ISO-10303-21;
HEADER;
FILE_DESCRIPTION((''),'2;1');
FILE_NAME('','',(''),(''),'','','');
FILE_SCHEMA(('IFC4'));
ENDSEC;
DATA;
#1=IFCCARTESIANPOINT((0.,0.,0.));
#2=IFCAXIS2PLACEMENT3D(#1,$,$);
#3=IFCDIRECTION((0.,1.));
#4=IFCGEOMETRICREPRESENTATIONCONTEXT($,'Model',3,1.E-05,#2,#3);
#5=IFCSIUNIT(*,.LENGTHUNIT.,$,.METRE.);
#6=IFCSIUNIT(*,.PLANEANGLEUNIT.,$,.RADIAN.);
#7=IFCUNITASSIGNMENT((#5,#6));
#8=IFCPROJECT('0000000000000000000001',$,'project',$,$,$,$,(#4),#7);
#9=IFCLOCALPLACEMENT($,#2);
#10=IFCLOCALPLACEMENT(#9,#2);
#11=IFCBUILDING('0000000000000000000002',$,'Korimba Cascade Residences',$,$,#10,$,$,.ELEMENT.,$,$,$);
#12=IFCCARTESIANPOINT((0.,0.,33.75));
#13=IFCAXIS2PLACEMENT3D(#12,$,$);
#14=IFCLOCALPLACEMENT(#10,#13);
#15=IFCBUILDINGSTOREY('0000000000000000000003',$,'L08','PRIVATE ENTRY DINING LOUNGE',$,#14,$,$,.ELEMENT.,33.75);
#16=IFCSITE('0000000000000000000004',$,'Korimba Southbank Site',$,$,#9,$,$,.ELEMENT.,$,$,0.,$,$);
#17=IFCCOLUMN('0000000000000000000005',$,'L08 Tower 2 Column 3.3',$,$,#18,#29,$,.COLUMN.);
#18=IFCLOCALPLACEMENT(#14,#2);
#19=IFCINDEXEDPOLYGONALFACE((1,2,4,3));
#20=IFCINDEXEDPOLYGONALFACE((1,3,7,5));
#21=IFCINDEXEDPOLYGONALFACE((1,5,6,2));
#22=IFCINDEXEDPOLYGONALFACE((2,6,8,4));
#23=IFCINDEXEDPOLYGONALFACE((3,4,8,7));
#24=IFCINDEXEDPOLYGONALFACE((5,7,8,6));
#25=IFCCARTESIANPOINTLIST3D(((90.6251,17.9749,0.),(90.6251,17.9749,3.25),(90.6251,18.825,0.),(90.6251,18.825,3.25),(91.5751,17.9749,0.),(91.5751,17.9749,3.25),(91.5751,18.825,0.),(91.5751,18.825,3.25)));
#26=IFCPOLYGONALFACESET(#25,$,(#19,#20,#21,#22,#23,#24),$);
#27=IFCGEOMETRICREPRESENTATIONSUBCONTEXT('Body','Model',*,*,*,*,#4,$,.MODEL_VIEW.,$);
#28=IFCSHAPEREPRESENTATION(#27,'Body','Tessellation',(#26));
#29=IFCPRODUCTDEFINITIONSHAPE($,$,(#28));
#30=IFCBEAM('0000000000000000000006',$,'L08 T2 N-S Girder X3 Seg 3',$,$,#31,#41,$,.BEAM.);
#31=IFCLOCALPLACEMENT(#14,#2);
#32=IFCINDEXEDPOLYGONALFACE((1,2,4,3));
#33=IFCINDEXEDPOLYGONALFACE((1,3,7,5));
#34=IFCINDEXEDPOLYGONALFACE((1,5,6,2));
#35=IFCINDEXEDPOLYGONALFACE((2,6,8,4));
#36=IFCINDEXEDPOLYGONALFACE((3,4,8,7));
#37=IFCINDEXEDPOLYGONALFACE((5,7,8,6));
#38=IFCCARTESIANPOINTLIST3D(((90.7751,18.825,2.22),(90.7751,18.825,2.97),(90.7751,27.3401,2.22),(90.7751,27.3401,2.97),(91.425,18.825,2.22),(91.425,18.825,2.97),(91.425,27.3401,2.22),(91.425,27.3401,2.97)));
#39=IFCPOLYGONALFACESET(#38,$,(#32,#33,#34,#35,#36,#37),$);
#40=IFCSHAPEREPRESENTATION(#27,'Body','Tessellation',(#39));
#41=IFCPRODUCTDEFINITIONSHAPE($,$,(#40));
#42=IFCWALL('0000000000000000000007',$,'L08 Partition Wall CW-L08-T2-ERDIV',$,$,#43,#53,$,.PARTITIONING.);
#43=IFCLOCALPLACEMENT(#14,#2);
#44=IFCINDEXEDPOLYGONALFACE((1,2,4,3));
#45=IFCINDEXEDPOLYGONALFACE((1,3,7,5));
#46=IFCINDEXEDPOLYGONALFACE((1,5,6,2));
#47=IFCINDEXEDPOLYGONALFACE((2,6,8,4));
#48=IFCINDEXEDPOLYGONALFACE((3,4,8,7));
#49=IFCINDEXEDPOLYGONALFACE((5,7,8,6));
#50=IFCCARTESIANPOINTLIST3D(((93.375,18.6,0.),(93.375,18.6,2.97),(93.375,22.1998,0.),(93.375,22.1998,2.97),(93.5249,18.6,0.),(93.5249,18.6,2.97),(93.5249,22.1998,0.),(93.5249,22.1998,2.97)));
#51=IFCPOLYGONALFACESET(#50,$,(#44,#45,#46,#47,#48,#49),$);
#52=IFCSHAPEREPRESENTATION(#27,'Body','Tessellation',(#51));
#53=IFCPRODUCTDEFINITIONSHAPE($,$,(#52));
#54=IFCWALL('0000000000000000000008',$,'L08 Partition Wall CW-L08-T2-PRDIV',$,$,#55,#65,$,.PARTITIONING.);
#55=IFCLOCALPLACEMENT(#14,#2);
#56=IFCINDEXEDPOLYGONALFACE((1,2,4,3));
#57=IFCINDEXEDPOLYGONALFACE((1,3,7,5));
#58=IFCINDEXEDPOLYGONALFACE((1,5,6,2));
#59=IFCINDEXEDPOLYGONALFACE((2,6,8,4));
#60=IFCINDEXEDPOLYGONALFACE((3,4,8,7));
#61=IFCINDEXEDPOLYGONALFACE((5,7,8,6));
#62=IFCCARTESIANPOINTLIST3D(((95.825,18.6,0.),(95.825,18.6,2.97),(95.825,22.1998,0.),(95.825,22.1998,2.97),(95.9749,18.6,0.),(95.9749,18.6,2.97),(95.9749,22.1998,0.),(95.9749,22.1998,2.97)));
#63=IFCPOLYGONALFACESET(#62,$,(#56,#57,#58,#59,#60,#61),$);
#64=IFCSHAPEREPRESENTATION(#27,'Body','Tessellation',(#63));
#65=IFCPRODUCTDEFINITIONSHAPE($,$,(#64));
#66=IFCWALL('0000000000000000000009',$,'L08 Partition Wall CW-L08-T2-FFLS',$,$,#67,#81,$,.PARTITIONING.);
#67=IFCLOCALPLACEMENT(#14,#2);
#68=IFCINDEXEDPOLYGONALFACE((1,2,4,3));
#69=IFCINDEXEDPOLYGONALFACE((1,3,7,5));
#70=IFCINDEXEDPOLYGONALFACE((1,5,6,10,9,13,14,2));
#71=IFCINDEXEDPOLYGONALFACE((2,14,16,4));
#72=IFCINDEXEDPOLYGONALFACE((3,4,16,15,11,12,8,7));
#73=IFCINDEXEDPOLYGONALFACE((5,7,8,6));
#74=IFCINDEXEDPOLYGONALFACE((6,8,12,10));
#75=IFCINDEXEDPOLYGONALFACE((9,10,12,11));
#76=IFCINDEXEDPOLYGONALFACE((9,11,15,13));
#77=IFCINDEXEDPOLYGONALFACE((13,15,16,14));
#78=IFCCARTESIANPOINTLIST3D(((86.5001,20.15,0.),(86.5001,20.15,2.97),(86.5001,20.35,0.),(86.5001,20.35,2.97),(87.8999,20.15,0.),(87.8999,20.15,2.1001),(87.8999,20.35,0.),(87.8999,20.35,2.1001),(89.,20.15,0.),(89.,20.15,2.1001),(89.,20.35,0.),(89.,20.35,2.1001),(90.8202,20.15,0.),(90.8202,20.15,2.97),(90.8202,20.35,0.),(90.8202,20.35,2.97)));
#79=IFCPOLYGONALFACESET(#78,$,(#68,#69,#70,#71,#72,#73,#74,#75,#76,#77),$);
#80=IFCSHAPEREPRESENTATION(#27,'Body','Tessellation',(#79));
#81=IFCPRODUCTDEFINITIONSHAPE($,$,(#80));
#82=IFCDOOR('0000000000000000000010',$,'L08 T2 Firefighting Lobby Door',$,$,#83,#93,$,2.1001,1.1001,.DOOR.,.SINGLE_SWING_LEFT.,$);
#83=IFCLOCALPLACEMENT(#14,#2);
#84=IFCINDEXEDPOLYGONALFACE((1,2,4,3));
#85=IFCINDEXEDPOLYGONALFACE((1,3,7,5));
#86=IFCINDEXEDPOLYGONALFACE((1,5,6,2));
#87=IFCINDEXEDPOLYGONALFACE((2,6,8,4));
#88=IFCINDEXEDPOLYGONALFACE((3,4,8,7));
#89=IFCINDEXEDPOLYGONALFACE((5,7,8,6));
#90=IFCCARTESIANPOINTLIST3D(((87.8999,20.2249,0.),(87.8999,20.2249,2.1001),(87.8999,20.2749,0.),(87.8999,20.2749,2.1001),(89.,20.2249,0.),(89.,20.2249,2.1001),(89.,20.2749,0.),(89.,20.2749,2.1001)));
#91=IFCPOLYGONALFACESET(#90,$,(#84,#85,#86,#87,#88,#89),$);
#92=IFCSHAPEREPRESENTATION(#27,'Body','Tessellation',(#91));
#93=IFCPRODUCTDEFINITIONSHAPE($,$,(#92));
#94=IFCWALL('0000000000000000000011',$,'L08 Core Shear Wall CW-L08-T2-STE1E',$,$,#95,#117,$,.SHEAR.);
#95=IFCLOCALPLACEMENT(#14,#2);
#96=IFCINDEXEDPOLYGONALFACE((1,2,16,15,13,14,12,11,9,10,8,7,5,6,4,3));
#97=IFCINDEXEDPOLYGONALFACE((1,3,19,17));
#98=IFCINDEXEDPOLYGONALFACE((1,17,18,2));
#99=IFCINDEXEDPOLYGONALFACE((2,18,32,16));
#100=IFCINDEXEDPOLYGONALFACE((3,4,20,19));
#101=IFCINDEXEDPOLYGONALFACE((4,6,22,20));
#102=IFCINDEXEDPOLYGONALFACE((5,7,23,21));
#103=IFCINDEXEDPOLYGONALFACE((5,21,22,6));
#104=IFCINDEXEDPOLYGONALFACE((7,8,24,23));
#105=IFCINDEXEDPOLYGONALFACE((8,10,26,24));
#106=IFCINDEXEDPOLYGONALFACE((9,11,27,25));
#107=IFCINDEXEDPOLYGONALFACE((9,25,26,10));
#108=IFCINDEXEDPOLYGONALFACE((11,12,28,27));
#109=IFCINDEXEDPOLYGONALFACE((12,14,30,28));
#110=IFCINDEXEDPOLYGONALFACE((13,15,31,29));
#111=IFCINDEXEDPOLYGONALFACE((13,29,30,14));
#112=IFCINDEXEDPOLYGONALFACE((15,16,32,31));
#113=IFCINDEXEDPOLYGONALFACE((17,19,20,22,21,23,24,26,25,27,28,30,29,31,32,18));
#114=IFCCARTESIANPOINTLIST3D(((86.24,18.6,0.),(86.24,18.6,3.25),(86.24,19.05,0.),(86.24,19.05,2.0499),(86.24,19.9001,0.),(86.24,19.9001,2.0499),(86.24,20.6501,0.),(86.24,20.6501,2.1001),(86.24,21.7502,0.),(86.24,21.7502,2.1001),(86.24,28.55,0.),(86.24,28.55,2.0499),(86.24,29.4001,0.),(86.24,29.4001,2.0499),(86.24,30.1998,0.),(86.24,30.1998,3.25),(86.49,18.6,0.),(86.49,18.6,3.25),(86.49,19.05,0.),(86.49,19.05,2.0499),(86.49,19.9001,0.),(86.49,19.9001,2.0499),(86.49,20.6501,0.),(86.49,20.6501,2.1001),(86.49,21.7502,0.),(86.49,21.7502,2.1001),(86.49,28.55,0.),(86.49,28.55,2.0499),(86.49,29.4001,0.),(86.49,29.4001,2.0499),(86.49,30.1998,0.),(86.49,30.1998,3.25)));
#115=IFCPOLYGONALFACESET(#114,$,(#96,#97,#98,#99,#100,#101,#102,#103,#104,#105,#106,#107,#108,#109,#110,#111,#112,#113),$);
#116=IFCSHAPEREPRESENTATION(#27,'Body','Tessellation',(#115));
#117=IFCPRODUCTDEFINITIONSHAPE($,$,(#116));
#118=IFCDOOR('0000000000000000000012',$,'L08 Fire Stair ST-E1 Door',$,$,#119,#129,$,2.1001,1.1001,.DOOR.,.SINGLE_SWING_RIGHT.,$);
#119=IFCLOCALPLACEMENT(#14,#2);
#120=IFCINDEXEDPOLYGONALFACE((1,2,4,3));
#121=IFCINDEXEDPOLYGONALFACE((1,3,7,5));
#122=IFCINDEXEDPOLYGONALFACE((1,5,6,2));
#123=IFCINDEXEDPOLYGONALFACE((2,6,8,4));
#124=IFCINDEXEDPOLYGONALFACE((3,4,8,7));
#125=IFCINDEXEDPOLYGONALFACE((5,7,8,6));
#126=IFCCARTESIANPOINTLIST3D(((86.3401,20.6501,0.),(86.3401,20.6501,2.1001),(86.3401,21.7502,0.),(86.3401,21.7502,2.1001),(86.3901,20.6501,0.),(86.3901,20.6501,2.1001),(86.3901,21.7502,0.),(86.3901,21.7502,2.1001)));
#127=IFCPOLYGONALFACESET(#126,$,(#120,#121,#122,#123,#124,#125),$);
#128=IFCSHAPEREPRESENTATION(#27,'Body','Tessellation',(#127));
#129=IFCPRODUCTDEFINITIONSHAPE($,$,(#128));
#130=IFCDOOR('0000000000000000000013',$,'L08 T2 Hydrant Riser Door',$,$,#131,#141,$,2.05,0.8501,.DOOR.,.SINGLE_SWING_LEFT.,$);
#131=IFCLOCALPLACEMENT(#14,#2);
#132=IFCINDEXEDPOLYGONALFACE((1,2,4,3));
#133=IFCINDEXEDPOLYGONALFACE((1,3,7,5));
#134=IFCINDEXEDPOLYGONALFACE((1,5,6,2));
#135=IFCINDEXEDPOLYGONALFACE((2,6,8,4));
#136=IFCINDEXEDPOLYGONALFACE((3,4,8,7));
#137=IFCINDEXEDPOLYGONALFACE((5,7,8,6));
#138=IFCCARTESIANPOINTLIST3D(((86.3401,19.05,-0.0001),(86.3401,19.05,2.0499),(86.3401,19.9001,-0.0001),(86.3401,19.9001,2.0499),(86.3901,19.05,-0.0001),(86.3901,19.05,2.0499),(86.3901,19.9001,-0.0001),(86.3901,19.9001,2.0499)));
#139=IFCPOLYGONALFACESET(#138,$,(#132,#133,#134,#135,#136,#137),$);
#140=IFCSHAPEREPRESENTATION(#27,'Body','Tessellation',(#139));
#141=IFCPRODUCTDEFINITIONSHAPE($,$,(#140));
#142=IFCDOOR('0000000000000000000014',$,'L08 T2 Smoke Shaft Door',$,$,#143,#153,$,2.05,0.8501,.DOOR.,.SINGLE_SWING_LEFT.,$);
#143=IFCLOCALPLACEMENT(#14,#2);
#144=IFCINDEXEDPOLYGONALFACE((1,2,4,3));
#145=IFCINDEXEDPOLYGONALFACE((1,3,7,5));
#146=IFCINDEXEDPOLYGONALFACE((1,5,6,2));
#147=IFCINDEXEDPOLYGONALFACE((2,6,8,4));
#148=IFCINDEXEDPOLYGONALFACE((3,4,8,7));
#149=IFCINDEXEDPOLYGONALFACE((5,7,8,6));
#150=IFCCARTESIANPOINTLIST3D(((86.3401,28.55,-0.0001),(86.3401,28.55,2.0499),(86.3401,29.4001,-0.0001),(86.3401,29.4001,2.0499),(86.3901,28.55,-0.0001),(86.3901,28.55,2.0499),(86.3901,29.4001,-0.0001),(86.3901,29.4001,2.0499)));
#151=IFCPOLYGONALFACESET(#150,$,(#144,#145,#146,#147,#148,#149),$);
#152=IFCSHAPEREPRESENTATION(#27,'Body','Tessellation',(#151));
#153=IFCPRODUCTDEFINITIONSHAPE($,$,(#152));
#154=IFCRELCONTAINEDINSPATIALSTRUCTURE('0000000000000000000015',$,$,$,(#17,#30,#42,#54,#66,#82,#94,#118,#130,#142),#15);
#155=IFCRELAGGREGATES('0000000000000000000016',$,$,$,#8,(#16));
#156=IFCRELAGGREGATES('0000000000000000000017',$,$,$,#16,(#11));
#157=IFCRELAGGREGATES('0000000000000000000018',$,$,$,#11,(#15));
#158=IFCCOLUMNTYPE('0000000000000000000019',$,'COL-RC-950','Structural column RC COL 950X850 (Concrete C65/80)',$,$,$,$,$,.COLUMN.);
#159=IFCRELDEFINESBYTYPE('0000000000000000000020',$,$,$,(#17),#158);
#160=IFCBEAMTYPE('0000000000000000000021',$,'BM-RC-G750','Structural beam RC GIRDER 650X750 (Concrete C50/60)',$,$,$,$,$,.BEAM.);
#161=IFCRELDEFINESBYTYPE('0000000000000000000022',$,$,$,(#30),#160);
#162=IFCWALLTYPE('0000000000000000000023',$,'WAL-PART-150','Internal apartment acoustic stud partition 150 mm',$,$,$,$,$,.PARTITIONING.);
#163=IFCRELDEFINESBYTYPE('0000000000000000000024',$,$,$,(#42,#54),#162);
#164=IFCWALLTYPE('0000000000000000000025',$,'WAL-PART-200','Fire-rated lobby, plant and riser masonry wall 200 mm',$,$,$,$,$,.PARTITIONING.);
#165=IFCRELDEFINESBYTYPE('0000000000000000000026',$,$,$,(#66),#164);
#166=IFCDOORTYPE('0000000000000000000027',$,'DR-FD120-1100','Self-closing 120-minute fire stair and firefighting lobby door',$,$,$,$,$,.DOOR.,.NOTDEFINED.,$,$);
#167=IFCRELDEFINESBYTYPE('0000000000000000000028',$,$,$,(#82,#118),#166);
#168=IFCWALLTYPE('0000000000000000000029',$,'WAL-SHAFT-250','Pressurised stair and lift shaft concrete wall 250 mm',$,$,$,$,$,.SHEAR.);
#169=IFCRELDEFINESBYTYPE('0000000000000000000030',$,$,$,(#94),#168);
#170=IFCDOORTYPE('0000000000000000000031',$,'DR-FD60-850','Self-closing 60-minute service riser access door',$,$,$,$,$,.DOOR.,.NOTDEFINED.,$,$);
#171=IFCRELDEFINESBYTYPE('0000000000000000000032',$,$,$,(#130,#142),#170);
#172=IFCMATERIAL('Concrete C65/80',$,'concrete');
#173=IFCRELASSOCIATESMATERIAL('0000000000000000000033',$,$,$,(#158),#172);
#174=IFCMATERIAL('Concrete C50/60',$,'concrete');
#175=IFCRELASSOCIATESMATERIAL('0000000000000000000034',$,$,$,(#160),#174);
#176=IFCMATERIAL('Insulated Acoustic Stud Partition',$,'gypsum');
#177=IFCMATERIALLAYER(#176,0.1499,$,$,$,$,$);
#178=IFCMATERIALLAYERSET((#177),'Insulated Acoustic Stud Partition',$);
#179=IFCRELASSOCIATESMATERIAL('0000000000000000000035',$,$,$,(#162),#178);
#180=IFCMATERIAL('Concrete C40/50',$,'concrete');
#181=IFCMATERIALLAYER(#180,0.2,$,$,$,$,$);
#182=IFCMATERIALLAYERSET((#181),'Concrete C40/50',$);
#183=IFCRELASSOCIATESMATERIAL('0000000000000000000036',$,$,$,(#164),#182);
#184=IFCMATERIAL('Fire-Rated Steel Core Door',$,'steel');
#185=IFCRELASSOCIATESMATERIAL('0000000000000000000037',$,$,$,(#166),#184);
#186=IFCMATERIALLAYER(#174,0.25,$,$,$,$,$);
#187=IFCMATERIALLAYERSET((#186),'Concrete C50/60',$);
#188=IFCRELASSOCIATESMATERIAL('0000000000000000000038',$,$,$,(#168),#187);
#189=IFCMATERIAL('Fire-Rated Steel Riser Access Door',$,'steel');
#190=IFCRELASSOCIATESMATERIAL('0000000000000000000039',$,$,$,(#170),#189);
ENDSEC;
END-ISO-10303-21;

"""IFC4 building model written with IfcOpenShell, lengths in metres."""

from ifc_helpers import new_model, si_unit, direction, frame, frame_2d, origin, origin_2d, place, context, subcontext, project, spatial, rectangle, extrude, material, layer, layer_set, material_profile, profile_set, type_object, element, fill, save


model = new_model("IFC4")

# Units and contexts
model_context = context("Model", 3, precision=1e-05, world=origin(), true_north=direction((0.0, 1.0)))
body_context = subcontext(model_context, "Body", "Model", "MODEL_VIEW")
ifc_project = project(units=[si_unit("LENGTHUNIT", "METRE"), si_unit("PLANEANGLEUNIT", "RADIAN")], contexts=[model_context])

# Site, building, storey
site_placement = place(None, origin())
site = spatial("IfcSite", under=ifc_project, at=site_placement, Name="Korimba Southbank Site", CompositionType="ELEMENT", RefElevation=0.0)
building_placement = place(site_placement, origin())
building = spatial("IfcBuilding", under=site, at=building_placement, Name="Korimba Cascade Residences", CompositionType="ELEMENT")
storey_placement = place(building_placement, frame((0.0, 0.0, 33.75)))
storey = spatial("IfcBuildingStorey", under=building, at=storey_placement, Name="L08", Description="PRIVATE ENTRY DINING LOUNGE", CompositionType="ELEMENT", Elevation=33.75)

# Column
ifc_material_1 = material(Name="Concrete C65/80", Category="concrete")
ifc_material_profile_1 = material_profile(ifc_material_1, rectangle(XDim=0.95, YDim=0.8501, at=origin_2d()), Name="Concrete C65/80")
ifc_profile_set_1 = profile_set([ifc_material_profile_1], Name="Concrete C65/80")
column_type = type_object("IfcColumnType", Name="COL-RC-950", Description="Structural column RC COL 950X850 (Concrete C65/80)", PredefinedType="COLUMN", material=ifc_profile_set_1)
column_placement = place(storey_placement, frame((91.1001, 18.3999, 0.0), z_axis=(0.0, 0.0, 1.0), x_axis=(1.0, 0.0, 0.0)))
element("IfcColumn", 1, at=column_placement, inside=storey, type_object=column_type, Name="L08 Tower 2 Column 3.3", PredefinedType="COLUMN", context=body_context, shape_type="SweptSolid", body=[
    extrude(rectangle(XDim=0.95, YDim=0.8501, at=origin_2d()), origin(), (0.0, 0.0, 1.0), 3.25),
])

# Beam
ifc_material_2 = material(Name="Concrete C50/60", Category="concrete")
ifc_material_profile_2 = material_profile(ifc_material_2, rectangle(XDim=0.6499, YDim=0.75, at=origin_2d()), Name="Concrete C50/60")
ifc_profile_set_2 = profile_set([ifc_material_profile_2], Name="Concrete C50/60")
beam_type = type_object("IfcBeamType", Name="BM-RC-G750", Description="Structural beam RC GIRDER 650X750 (Concrete C50/60)", PredefinedType="BEAM", material=ifc_profile_set_2)
beam_placement = place(storey_placement, frame((91.1001, 18.825, 2.595), z_axis=(0.0, 1.0, 0.0), x_axis=(-1.0, 0.0, 0.0)))
element("IfcBeam", 2, at=beam_placement, inside=storey, type_object=beam_type, Name="L08 T2 N-S Girder X3 Seg 3", PredefinedType="BEAM", context=body_context, shape_type="SweptSolid", body=[
    extrude(rectangle(XDim=0.6499, YDim=0.75, at=origin_2d()), origin(), (0.0, 0.0, 1.0), 8.5151),
])

# Walls
ifc_material_3 = material(Name="Insulated Acoustic Stud Partition", Category="gypsum")
ifc_layer_1 = layer(ifc_material_3, 0.1499)
ifc_layer_set_1 = layer_set([ifc_layer_1], Name="Insulated Acoustic Stud Partition")
wall_type_1 = type_object("IfcWallType", Name="WAL-PART-150", Description="Internal apartment acoustic stud partition 150 mm", PredefinedType="PARTITIONING", material=ifc_layer_set_1)
for number, where, z_axis, x_axis, name in (
    (3, (93.45, 18.6001, 0.0), (0.0, 0.0, 1.0), (0.0, 1.0, 0.0), "L08 Partition Wall CW-L08-T2-ERDIV"),
    (4, (95.8999, 18.6001, 0.0), (0.0, 0.0, 1.0), (0.0, 1.0, 0.0), "L08 Partition Wall CW-L08-T2-PRDIV"),
):
    element("IfcWall", number, at=place(storey_placement, frame(where, z_axis=z_axis, x_axis=x_axis)), inside=storey, type_object=wall_type_1, Name=name, PredefinedType="PARTITIONING", context=body_context, shape_type="SweptSolid", body=[
        extrude(rectangle(XDim=3.5999, YDim=0.1499, at=frame_2d((1.7998, 0.0))), origin(), (0.0, 0.0, 1.0), 2.97),
    ])

# Wall, opening, door
ifc_material_4 = material(Name="Concrete C40/50", Category="concrete")
ifc_layer_2 = layer(ifc_material_4, 0.2)
ifc_layer_set_2 = layer_set([ifc_layer_2], Name="Concrete C40/50")
wall_type_2 = type_object("IfcWallType", Name="WAL-PART-200", Description="Fire-rated lobby, plant and riser masonry wall 200 mm", PredefinedType="PARTITIONING", material=ifc_layer_set_2)
wall_1_placement = place(storey_placement, frame((86.5, 20.25, 0.0), z_axis=(0.0, 0.0, 1.0), x_axis=(1.0, 0.0, 0.0)))
wall_1 = element("IfcWall", 5, at=wall_1_placement, inside=storey, type_object=wall_type_2, Name="L08 Partition Wall CW-L08-T2-FFLS", PredefinedType="PARTITIONING", context=body_context, shape_type="SweptSolid", body=[
    extrude(rectangle(XDim=4.3201, YDim=0.2, at=frame_2d((2.1602, 0.0))), origin(), (0.0, 0.0, 1.0), 2.97),
])
opening_1_placement = place(wall_1_placement, frame((1.3999, 0.0, 0.0)))
opening_1 = element("IfcOpeningElement", 6, at=opening_1_placement, cuts=wall_1, PredefinedType="OPENING", context=body_context, shape_type="SweptSolid", body=[
    extrude(rectangle(XDim=1.1001, YDim=2.1001, at=frame_2d((0.55, 1.05))), frame((0.0, 0.1099, 0.0), z_axis=(0.0, -1.0, 0.0), x_axis=(1.0, 0.0, 0.0)), (0.0, 0.0, 1.0), 0.22),
])
ifc_material_5 = material(Name="Fire-Rated Steel Core Door", Category="steel")
door_type_1 = type_object("IfcDoorType", Name="DR-FD120-1100", Description="Self-closing 120-minute fire stair and firefighting lobby door", OperationType="NOTDEFINED", PredefinedType="DOOR", material=ifc_material_5)
door_1_placement = place(opening_1_placement, origin())
door_1 = element("IfcDoor", 7, at=door_1_placement, inside=storey, type_object=door_type_1, Name="L08 T2 Firefighting Lobby Door", OperationType="SINGLE_SWING_LEFT", OverallHeight=2.1001, OverallWidth=1.1001, PredefinedType="DOOR", context=body_context, shape_type="SweptSolid", body=[
    extrude(rectangle(XDim=1.1001, YDim=2.1001, at=frame_2d((0.55, 1.05))), frame((0.0, 0.0249, 0.0), z_axis=(0.0, -1.0, 0.0), x_axis=(1.0, 0.0, 0.0)), (0.0, 0.0, 1.0), 0.05),
])
fill(opening_1, door_1)

# Wall, openings, doors
ifc_layer_3 = layer(ifc_material_2, 0.25)
ifc_layer_set_3 = layer_set([ifc_layer_3], Name="Concrete C50/60")
wall_type_3 = type_object("IfcWallType", Name="WAL-SHAFT-250", Description="Pressurised stair and lift shaft concrete wall 250 mm", PredefinedType="SHEAR", material=ifc_layer_set_3)
wall_2_placement = place(storey_placement, frame((86.365, 18.6001, 0.0), z_axis=(0.0, 0.0, 1.0), x_axis=(0.0, 1.0, 0.0)))
wall_2 = element("IfcWall", 8, at=wall_2_placement, inside=storey, type_object=wall_type_3, Name="L08 Core Shear Wall CW-L08-T2-STE1E", PredefinedType="SHEAR", context=body_context, shape_type="SweptSolid", body=[
    extrude(rectangle(XDim=11.5999, YDim=0.25, at=frame_2d((5.7998, 0.0))), origin(), (0.0, 0.0, 1.0), 3.25),
])
opening_2_placement = place(wall_2_placement, frame((0.45, 0.0, 0.0)))
opening_2 = element("IfcOpeningElement", 9, at=opening_2_placement, cuts=wall_2, PredefinedType="OPENING", context=body_context, shape_type="SweptSolid", body=[
    extrude(rectangle(XDim=0.8501, YDim=2.05, at=frame_2d((0.425, 1.0249))), frame((0.0, 0.135, 0.0), z_axis=(0.0, -1.0, 0.0), x_axis=(1.0, 0.0, 0.0)), (0.0, 0.0, 1.0), 0.27),
])
opening_3_placement = place(wall_2_placement, frame((2.05, 0.0, 0.0)))
opening_3 = element("IfcOpeningElement", 10, at=opening_3_placement, cuts=wall_2, PredefinedType="OPENING", context=body_context, shape_type="SweptSolid", body=[
    extrude(rectangle(XDim=1.1001, YDim=2.1001, at=frame_2d((0.55, 1.05))), frame((0.0, 0.135, 0.0), z_axis=(0.0, -1.0, 0.0), x_axis=(1.0, 0.0, 0.0)), (0.0, 0.0, 1.0), 0.27),
])
opening_4_placement = place(wall_2_placement, frame((9.95, 0.0, 0.0)))
opening_4 = element("IfcOpeningElement", 11, at=opening_4_placement, cuts=wall_2, PredefinedType="OPENING", context=body_context, shape_type="SweptSolid", body=[
    extrude(rectangle(XDim=0.8501, YDim=2.05, at=frame_2d((0.425, 1.0249))), frame((0.0, 0.135, 0.0), z_axis=(0.0, -1.0, 0.0), x_axis=(1.0, 0.0, 0.0)), (0.0, 0.0, 1.0), 0.27),
])
door_2_placement = place(opening_3_placement, origin())
door_2 = element("IfcDoor", 12, at=door_2_placement, inside=storey, type_object=door_type_1, Name="L08 Fire Stair ST-E1 Door", OperationType="SINGLE_SWING_RIGHT", OverallHeight=2.1001, OverallWidth=1.1001, PredefinedType="DOOR", context=body_context, shape_type="SweptSolid", body=[
    extrude(rectangle(XDim=1.1001, YDim=2.1001, at=frame_2d((0.55, 1.05))), frame((0.0, 0.0249, 0.0), z_axis=(0.0, -1.0, 0.0), x_axis=(1.0, 0.0, 0.0)), (0.0, 0.0, 1.0), 0.05),
])
fill(opening_3, door_2)
ifc_material_6 = material(Name="Fire-Rated Steel Riser Access Door", Category="steel")
door_type_2 = type_object("IfcDoorType", Name="DR-FD60-850", Description="Self-closing 60-minute service riser access door", OperationType="NOTDEFINED", PredefinedType="DOOR", material=ifc_material_6)
door_3_placement = place(opening_2_placement, origin())
door_3 = element("IfcDoor", 13, at=door_3_placement, inside=storey, type_object=door_type_2, Name="L08 T2 Hydrant Riser Door", OperationType="SINGLE_SWING_LEFT", OverallHeight=2.05, OverallWidth=0.8501, PredefinedType="DOOR", context=body_context, shape_type="SweptSolid", body=[
    extrude(rectangle(XDim=0.8501, YDim=2.05, at=frame_2d((0.425, 1.0249))), frame((0.0, 0.0249, 0.0), z_axis=(0.0, -1.0, 0.0), x_axis=(1.0, 0.0, 0.0)), (0.0, 0.0, 1.0), 0.05),
])
fill(opening_2, door_3)
door_4_placement = place(opening_4_placement, origin())
door_4 = element("IfcDoor", 14, at=door_4_placement, inside=storey, type_object=door_type_2, Name="L08 T2 Smoke Shaft Door", OperationType="SINGLE_SWING_LEFT", OverallHeight=2.05, OverallWidth=0.8501, PredefinedType="DOOR", context=body_context, shape_type="SweptSolid", body=[
    extrude(rectangle(XDim=0.8501, YDim=2.05, at=frame_2d((0.425, 1.0249))), frame((0.0, 0.0249, 0.0), z_axis=(0.0, -1.0, 0.0), x_axis=(1.0, 0.0, 0.0)), (0.0, 0.0, 1.0), 0.05),
])
fill(opening_4, door_4)

save(model, "model.ifc")
